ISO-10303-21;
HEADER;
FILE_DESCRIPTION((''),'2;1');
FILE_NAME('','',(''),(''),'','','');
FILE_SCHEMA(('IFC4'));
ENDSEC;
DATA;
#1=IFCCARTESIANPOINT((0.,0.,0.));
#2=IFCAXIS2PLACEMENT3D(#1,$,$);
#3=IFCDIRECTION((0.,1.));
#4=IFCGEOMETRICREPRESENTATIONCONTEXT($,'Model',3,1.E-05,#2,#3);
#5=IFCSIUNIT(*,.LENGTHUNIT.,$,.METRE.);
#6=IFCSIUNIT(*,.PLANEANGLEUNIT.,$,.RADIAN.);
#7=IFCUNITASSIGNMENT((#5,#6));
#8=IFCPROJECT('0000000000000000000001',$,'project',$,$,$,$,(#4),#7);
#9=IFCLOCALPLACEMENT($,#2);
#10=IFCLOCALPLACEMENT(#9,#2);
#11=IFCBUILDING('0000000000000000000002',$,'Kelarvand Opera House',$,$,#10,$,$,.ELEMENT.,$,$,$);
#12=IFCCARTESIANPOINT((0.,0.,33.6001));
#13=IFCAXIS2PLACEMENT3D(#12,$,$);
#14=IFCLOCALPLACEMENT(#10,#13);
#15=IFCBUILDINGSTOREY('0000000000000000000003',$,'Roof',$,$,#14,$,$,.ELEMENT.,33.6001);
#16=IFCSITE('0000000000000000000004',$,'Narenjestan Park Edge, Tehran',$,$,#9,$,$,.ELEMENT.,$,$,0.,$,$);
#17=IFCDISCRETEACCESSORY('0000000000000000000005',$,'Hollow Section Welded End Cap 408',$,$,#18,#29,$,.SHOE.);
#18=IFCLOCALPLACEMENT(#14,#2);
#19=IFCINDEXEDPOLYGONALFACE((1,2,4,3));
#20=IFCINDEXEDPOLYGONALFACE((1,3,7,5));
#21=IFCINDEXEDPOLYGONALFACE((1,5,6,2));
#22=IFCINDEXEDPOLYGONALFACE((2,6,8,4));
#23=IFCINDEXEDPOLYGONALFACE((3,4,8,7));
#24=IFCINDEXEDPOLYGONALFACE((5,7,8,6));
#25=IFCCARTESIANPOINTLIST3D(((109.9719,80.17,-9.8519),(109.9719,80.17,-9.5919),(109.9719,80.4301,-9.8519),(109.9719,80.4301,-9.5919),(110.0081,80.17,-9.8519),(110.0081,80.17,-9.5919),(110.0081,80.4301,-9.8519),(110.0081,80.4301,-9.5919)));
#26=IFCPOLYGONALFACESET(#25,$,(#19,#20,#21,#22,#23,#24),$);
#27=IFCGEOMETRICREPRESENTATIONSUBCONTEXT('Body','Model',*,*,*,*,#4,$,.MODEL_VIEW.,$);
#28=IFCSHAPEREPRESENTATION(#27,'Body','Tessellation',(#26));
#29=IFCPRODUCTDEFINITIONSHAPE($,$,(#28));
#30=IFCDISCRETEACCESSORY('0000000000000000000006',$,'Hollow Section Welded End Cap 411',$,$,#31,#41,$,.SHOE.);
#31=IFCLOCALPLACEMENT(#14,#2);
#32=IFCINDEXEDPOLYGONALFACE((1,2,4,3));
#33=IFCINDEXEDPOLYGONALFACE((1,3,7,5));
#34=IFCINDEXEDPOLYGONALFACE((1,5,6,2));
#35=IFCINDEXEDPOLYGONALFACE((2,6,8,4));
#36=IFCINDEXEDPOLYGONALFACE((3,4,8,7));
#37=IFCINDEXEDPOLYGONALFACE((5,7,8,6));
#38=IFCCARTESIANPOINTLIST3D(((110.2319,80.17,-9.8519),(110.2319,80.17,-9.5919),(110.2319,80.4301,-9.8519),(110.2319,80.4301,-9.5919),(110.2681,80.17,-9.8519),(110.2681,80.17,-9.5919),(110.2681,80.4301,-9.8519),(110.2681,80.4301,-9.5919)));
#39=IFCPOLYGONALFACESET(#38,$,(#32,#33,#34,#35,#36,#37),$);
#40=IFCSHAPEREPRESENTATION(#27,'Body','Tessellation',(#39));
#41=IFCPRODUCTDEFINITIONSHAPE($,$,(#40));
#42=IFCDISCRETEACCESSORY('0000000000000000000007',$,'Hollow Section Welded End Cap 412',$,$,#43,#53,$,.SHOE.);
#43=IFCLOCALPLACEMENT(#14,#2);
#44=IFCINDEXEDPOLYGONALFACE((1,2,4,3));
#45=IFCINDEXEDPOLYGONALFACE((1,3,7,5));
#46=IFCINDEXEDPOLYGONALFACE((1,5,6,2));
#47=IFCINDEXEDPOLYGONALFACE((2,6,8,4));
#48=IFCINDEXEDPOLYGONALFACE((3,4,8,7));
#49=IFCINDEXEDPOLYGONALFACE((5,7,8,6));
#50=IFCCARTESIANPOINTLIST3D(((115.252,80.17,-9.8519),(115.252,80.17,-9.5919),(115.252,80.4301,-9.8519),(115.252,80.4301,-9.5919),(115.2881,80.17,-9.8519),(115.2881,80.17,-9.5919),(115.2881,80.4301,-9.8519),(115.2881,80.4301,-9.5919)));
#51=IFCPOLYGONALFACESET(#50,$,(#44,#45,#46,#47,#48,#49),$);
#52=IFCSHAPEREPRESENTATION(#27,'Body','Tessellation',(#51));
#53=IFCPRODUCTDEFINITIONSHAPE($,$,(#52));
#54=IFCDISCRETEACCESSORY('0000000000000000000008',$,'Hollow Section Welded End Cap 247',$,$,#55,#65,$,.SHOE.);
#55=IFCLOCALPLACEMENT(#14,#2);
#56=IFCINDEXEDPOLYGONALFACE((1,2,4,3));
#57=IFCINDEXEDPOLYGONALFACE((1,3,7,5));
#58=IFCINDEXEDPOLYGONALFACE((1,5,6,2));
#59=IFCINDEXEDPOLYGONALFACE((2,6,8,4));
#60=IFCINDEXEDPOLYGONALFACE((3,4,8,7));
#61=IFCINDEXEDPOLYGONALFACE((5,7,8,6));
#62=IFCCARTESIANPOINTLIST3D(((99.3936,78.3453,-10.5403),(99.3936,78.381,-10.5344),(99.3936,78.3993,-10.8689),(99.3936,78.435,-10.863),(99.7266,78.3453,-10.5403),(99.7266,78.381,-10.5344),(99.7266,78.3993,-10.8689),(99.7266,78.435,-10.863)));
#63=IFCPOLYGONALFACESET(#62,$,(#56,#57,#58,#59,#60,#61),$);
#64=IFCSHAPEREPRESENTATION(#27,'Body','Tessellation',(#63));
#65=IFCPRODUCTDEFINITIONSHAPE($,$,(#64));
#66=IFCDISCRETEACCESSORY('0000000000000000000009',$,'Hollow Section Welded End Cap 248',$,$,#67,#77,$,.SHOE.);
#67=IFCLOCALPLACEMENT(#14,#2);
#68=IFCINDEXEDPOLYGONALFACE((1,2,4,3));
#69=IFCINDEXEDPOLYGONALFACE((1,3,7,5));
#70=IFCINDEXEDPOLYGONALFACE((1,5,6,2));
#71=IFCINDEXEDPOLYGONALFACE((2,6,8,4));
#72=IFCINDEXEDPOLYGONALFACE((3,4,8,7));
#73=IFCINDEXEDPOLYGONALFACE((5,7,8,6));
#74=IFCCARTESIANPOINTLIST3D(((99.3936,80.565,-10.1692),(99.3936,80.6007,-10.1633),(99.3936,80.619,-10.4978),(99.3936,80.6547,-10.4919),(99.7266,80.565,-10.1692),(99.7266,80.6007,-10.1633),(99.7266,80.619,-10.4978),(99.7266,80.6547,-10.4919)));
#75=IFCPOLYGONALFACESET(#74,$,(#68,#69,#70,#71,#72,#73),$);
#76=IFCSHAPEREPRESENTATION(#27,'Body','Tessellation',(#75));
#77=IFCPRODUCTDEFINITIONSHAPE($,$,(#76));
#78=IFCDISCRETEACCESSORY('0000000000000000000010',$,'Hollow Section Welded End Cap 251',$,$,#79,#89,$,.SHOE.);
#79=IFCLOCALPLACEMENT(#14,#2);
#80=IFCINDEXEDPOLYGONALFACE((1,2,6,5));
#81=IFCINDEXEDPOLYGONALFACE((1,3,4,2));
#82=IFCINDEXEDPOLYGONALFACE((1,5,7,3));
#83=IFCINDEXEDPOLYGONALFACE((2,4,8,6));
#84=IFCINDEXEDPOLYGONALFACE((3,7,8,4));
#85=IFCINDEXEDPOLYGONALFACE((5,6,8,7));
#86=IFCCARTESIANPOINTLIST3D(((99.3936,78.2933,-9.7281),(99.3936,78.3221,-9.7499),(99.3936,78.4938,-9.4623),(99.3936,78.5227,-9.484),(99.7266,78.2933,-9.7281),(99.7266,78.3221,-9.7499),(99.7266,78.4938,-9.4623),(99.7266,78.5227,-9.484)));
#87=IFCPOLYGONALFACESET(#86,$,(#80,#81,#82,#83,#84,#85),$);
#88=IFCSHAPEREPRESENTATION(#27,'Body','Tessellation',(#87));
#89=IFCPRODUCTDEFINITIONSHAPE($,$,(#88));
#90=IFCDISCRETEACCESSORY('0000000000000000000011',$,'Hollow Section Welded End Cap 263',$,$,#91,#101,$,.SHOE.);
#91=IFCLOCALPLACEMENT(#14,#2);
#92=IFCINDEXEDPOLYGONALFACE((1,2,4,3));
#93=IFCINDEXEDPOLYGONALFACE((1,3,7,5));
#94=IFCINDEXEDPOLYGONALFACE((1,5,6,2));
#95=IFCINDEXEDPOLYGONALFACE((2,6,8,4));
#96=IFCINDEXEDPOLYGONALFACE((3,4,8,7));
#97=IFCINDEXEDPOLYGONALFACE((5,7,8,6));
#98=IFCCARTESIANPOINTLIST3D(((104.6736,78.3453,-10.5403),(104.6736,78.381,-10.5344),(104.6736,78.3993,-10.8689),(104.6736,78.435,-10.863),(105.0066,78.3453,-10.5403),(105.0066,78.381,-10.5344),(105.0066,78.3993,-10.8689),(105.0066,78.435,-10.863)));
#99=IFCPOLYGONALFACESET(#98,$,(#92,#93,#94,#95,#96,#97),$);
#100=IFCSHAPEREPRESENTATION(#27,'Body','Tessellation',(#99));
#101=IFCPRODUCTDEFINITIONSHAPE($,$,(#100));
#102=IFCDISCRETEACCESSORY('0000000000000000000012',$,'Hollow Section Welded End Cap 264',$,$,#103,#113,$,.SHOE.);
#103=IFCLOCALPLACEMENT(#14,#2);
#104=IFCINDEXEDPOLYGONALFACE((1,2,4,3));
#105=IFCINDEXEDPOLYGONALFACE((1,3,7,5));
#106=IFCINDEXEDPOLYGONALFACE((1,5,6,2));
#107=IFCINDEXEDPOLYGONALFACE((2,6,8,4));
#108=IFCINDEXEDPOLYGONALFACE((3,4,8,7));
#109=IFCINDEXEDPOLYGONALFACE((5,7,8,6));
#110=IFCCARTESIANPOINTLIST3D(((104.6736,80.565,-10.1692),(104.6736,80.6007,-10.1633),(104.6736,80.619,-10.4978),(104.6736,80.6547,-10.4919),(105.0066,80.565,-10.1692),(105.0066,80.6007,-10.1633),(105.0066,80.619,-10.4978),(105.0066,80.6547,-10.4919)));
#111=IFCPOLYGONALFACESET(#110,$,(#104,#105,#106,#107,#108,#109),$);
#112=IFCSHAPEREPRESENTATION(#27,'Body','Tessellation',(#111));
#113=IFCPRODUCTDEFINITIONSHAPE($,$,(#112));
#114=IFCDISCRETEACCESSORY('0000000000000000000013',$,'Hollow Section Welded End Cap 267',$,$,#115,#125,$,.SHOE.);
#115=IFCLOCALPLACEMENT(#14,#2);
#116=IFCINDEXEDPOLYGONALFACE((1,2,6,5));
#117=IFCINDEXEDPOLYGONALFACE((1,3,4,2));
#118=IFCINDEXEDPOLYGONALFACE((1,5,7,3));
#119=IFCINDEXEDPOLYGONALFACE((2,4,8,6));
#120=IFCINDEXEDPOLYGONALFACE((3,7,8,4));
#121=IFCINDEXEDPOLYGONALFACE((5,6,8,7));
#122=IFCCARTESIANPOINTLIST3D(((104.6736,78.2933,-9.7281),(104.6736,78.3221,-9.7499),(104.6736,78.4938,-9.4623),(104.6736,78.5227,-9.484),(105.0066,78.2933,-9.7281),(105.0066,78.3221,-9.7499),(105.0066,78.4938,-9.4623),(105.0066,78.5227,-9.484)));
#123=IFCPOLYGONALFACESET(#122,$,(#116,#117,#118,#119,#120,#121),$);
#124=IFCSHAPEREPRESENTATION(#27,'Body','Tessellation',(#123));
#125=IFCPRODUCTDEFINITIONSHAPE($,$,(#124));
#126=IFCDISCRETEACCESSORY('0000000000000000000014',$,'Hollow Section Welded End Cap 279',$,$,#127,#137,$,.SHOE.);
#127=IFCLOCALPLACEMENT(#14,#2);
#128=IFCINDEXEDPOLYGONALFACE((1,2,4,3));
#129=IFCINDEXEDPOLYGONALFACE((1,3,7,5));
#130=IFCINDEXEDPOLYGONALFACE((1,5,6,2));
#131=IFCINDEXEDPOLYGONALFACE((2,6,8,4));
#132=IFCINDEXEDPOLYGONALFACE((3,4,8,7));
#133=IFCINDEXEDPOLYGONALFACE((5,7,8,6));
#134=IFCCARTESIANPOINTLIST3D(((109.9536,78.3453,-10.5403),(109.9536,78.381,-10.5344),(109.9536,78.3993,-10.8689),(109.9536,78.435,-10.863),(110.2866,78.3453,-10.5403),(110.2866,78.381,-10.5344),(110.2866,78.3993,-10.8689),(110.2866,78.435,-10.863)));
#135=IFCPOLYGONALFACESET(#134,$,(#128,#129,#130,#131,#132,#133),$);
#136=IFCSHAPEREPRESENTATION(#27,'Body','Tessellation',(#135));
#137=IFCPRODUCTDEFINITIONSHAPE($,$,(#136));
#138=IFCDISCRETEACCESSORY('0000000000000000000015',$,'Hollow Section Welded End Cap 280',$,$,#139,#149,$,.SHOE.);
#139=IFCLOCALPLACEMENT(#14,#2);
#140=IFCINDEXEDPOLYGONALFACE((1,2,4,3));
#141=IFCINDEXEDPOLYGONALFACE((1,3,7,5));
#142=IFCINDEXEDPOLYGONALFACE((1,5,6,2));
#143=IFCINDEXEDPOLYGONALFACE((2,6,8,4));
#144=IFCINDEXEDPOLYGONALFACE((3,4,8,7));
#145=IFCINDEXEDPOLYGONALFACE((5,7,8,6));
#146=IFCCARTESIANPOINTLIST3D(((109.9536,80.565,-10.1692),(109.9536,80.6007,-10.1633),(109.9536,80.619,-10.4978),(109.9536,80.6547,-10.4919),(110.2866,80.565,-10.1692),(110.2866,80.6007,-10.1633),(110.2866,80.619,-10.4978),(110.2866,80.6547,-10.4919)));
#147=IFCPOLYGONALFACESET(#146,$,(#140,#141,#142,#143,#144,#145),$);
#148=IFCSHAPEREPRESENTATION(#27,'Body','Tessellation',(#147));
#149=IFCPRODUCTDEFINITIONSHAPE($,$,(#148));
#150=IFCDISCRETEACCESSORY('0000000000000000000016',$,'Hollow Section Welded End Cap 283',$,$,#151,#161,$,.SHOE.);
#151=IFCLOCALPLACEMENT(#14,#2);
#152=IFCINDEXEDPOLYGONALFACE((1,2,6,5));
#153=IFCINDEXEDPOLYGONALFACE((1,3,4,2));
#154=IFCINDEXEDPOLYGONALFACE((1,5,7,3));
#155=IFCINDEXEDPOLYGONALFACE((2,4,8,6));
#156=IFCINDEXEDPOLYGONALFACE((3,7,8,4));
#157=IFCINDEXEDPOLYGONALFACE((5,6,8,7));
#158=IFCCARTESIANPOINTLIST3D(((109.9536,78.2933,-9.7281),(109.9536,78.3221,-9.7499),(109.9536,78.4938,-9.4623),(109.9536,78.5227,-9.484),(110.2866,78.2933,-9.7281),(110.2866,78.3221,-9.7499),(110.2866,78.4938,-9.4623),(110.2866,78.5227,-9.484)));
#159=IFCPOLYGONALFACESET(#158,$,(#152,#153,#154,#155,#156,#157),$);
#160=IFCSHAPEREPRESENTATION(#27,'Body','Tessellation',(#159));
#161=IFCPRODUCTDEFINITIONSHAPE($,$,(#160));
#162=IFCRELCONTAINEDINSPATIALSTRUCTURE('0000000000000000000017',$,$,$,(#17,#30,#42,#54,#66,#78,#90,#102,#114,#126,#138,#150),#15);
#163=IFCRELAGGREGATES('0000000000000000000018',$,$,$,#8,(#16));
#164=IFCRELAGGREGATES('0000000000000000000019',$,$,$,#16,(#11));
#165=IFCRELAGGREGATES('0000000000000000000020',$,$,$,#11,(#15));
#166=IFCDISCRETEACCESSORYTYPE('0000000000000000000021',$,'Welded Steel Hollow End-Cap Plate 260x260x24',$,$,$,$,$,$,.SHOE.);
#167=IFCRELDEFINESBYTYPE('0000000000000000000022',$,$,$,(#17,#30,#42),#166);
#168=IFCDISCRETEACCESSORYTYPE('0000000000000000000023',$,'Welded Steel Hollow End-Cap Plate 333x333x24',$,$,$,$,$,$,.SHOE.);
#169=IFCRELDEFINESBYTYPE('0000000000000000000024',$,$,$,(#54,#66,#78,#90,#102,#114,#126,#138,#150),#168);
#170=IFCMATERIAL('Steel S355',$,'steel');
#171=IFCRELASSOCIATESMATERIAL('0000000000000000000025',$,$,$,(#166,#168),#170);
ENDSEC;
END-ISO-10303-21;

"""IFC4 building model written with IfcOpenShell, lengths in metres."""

from ifc_helpers import new_model, si_unit, direction, frame, origin, origin_2d, place, context, subcontext, project, spatial, rectangle, extrude, material, material_profile, profile_set, type_object, element, save


model = new_model("IFC4")

# Units and contexts
model_context = context("Model", 3, precision=1e-05, world=origin(), true_north=direction((0.0, 1.0)))
body_context = subcontext(model_context, "Body", "Model", "MODEL_VIEW")
ifc_project = project(units=[si_unit("LENGTHUNIT", "METRE"), si_unit("PLANEANGLEUNIT", "RADIAN")], contexts=[model_context])

# Site, building, storey
site_placement = place(None, origin())
site = spatial("IfcSite", under=ifc_project, at=site_placement, Name="Narenjestan Park Edge, Tehran", CompositionType="ELEMENT", RefElevation=0.0)
building_placement = place(site_placement, origin())
building = spatial("IfcBuilding", under=site, at=building_placement, Name="Kelarvand Opera House", CompositionType="ELEMENT")
storey_placement = place(building_placement, frame((0.0, 0.0, 33.6001)))
storey = spatial("IfcBuildingStorey", under=building, at=storey_placement, Name="Roof", CompositionType="ELEMENT", Elevation=33.6001)

# Shared definitions
ifc_material = material(Name="Steel S355", Category="steel")

# Discrete accessories
ifc_material_profile_1 = material_profile(ifc_material, rectangle(XDim=0.26, YDim=0.26, at=origin_2d()), Name="Welded Steel Hollow End-Cap Plate 260x260x24", Category="steel")
ifc_profile_set_1 = profile_set([ifc_material_profile_1], Name="Steel S355")
discrete_accessory_type_1 = type_object("IfcDiscreteAccessoryType", Name="Welded Steel Hollow End-Cap Plate 260x260x24", PredefinedType="SHOE", material=ifc_profile_set_1)
for number, where, z_axis, x_axis, name in (
    (1, (109.9719, 80.3, -9.7219), (1.0, 0.0, 0.0), (0.0, 1.0, 0.0), "Hollow Section Welded End Cap 408"),
    (2, (110.2681, 80.3, -9.7219), (-1.0, 0.0, 0.0), (0.0, -1.0, 0.0), "Hollow Section Welded End Cap 411"),
    (3, (115.252, 80.3, -9.7219), (1.0, 0.0, 0.0), (0.0, 1.0, 0.0), "Hollow Section Welded End Cap 412"),
):
    element("IfcDiscreteAccessory", number, at=place(storey_placement, frame(where, z_axis=z_axis, x_axis=x_axis)), inside=storey, type_object=discrete_accessory_type_1, Name=name, PredefinedType="SHOE", context=body_context, shape_type="SweptSolid", body=[
        extrude(rectangle(XDim=0.26, YDim=0.26, at=origin_2d()), origin(), (0.0, 0.0, 1.0), 0.0361),
    ])
ifc_material_profile_2 = material_profile(ifc_material, rectangle(XDim=0.333, YDim=0.333, at=origin_2d()), Name="Welded Steel Hollow End-Cap Plate 333x333x24", Category="steel")
ifc_profile_set_2 = profile_set([ifc_material_profile_2], Name="Steel S355")
discrete_accessory_type_2 = type_object("IfcDiscreteAccessoryType", Name="Welded Steel Hollow End-Cap Plate 333x333x24", PredefinedType="SHOE", material=ifc_profile_set_2)
for number, where, z_axis, x_axis, name in (
    (4, (99.5601, 78.408, -10.6987), (0.0, -0.986757, -0.162207), (1.0, 0.0, 0.0), "Hollow Section Welded End Cap 247"),
    (5, (99.5601, 80.592, -10.3335), (0.0, 0.986757, 0.162207), (-1.0, 0.0, 0.0), "Hollow Section Welded End Cap 248"),
    (6, (99.5601, 78.3936, -9.5952), (0.0, 0.798373, -0.602163), (-1.0, 0.0, 0.0), "Hollow Section Welded End Cap 251"),
    (7, (104.8401, 78.408, -10.6987), (0.0, -0.986757, -0.162207), (1.0, 0.0, 0.0), "Hollow Section Welded End Cap 263"),
    (8, (104.8401, 80.592, -10.3335), (0.0, 0.986757, 0.162207), (-1.0, 0.0, 0.0), "Hollow Section Welded End Cap 264"),
    (9, (104.8401, 78.3936, -9.5952), (0.0, 0.798373, -0.602163), (-1.0, 0.0, 0.0), "Hollow Section Welded End Cap 267"),
    (10, (110.1201, 78.408, -10.6987), (0.0, -0.986757, -0.162207), (1.0, 0.0, 0.0), "Hollow Section Welded End Cap 279"),
    (11, (110.1201, 80.592, -10.3335), (0.0, 0.986757, 0.162207), (-1.0, 0.0, 0.0), "Hollow Section Welded End Cap 280"),
    (12, (110.1201, 78.3936, -9.5952), (0.0, 0.798373, -0.602163), (-1.0, 0.0, 0.0), "Hollow Section Welded End Cap 283"),
):
    element("IfcDiscreteAccessory", number, at=place(storey_placement, frame(where, z_axis=z_axis, x_axis=x_axis)), inside=storey, type_object=discrete_accessory_type_2, Name=name, PredefinedType="SHOE", context=body_context, shape_type="SweptSolid", body=[
        extrude(rectangle(XDim=0.333, YDim=0.333, at=origin_2d()), origin(), (0.0, 0.0, 1.0), 0.0361),
    ])

save(model, "model.ifc")
